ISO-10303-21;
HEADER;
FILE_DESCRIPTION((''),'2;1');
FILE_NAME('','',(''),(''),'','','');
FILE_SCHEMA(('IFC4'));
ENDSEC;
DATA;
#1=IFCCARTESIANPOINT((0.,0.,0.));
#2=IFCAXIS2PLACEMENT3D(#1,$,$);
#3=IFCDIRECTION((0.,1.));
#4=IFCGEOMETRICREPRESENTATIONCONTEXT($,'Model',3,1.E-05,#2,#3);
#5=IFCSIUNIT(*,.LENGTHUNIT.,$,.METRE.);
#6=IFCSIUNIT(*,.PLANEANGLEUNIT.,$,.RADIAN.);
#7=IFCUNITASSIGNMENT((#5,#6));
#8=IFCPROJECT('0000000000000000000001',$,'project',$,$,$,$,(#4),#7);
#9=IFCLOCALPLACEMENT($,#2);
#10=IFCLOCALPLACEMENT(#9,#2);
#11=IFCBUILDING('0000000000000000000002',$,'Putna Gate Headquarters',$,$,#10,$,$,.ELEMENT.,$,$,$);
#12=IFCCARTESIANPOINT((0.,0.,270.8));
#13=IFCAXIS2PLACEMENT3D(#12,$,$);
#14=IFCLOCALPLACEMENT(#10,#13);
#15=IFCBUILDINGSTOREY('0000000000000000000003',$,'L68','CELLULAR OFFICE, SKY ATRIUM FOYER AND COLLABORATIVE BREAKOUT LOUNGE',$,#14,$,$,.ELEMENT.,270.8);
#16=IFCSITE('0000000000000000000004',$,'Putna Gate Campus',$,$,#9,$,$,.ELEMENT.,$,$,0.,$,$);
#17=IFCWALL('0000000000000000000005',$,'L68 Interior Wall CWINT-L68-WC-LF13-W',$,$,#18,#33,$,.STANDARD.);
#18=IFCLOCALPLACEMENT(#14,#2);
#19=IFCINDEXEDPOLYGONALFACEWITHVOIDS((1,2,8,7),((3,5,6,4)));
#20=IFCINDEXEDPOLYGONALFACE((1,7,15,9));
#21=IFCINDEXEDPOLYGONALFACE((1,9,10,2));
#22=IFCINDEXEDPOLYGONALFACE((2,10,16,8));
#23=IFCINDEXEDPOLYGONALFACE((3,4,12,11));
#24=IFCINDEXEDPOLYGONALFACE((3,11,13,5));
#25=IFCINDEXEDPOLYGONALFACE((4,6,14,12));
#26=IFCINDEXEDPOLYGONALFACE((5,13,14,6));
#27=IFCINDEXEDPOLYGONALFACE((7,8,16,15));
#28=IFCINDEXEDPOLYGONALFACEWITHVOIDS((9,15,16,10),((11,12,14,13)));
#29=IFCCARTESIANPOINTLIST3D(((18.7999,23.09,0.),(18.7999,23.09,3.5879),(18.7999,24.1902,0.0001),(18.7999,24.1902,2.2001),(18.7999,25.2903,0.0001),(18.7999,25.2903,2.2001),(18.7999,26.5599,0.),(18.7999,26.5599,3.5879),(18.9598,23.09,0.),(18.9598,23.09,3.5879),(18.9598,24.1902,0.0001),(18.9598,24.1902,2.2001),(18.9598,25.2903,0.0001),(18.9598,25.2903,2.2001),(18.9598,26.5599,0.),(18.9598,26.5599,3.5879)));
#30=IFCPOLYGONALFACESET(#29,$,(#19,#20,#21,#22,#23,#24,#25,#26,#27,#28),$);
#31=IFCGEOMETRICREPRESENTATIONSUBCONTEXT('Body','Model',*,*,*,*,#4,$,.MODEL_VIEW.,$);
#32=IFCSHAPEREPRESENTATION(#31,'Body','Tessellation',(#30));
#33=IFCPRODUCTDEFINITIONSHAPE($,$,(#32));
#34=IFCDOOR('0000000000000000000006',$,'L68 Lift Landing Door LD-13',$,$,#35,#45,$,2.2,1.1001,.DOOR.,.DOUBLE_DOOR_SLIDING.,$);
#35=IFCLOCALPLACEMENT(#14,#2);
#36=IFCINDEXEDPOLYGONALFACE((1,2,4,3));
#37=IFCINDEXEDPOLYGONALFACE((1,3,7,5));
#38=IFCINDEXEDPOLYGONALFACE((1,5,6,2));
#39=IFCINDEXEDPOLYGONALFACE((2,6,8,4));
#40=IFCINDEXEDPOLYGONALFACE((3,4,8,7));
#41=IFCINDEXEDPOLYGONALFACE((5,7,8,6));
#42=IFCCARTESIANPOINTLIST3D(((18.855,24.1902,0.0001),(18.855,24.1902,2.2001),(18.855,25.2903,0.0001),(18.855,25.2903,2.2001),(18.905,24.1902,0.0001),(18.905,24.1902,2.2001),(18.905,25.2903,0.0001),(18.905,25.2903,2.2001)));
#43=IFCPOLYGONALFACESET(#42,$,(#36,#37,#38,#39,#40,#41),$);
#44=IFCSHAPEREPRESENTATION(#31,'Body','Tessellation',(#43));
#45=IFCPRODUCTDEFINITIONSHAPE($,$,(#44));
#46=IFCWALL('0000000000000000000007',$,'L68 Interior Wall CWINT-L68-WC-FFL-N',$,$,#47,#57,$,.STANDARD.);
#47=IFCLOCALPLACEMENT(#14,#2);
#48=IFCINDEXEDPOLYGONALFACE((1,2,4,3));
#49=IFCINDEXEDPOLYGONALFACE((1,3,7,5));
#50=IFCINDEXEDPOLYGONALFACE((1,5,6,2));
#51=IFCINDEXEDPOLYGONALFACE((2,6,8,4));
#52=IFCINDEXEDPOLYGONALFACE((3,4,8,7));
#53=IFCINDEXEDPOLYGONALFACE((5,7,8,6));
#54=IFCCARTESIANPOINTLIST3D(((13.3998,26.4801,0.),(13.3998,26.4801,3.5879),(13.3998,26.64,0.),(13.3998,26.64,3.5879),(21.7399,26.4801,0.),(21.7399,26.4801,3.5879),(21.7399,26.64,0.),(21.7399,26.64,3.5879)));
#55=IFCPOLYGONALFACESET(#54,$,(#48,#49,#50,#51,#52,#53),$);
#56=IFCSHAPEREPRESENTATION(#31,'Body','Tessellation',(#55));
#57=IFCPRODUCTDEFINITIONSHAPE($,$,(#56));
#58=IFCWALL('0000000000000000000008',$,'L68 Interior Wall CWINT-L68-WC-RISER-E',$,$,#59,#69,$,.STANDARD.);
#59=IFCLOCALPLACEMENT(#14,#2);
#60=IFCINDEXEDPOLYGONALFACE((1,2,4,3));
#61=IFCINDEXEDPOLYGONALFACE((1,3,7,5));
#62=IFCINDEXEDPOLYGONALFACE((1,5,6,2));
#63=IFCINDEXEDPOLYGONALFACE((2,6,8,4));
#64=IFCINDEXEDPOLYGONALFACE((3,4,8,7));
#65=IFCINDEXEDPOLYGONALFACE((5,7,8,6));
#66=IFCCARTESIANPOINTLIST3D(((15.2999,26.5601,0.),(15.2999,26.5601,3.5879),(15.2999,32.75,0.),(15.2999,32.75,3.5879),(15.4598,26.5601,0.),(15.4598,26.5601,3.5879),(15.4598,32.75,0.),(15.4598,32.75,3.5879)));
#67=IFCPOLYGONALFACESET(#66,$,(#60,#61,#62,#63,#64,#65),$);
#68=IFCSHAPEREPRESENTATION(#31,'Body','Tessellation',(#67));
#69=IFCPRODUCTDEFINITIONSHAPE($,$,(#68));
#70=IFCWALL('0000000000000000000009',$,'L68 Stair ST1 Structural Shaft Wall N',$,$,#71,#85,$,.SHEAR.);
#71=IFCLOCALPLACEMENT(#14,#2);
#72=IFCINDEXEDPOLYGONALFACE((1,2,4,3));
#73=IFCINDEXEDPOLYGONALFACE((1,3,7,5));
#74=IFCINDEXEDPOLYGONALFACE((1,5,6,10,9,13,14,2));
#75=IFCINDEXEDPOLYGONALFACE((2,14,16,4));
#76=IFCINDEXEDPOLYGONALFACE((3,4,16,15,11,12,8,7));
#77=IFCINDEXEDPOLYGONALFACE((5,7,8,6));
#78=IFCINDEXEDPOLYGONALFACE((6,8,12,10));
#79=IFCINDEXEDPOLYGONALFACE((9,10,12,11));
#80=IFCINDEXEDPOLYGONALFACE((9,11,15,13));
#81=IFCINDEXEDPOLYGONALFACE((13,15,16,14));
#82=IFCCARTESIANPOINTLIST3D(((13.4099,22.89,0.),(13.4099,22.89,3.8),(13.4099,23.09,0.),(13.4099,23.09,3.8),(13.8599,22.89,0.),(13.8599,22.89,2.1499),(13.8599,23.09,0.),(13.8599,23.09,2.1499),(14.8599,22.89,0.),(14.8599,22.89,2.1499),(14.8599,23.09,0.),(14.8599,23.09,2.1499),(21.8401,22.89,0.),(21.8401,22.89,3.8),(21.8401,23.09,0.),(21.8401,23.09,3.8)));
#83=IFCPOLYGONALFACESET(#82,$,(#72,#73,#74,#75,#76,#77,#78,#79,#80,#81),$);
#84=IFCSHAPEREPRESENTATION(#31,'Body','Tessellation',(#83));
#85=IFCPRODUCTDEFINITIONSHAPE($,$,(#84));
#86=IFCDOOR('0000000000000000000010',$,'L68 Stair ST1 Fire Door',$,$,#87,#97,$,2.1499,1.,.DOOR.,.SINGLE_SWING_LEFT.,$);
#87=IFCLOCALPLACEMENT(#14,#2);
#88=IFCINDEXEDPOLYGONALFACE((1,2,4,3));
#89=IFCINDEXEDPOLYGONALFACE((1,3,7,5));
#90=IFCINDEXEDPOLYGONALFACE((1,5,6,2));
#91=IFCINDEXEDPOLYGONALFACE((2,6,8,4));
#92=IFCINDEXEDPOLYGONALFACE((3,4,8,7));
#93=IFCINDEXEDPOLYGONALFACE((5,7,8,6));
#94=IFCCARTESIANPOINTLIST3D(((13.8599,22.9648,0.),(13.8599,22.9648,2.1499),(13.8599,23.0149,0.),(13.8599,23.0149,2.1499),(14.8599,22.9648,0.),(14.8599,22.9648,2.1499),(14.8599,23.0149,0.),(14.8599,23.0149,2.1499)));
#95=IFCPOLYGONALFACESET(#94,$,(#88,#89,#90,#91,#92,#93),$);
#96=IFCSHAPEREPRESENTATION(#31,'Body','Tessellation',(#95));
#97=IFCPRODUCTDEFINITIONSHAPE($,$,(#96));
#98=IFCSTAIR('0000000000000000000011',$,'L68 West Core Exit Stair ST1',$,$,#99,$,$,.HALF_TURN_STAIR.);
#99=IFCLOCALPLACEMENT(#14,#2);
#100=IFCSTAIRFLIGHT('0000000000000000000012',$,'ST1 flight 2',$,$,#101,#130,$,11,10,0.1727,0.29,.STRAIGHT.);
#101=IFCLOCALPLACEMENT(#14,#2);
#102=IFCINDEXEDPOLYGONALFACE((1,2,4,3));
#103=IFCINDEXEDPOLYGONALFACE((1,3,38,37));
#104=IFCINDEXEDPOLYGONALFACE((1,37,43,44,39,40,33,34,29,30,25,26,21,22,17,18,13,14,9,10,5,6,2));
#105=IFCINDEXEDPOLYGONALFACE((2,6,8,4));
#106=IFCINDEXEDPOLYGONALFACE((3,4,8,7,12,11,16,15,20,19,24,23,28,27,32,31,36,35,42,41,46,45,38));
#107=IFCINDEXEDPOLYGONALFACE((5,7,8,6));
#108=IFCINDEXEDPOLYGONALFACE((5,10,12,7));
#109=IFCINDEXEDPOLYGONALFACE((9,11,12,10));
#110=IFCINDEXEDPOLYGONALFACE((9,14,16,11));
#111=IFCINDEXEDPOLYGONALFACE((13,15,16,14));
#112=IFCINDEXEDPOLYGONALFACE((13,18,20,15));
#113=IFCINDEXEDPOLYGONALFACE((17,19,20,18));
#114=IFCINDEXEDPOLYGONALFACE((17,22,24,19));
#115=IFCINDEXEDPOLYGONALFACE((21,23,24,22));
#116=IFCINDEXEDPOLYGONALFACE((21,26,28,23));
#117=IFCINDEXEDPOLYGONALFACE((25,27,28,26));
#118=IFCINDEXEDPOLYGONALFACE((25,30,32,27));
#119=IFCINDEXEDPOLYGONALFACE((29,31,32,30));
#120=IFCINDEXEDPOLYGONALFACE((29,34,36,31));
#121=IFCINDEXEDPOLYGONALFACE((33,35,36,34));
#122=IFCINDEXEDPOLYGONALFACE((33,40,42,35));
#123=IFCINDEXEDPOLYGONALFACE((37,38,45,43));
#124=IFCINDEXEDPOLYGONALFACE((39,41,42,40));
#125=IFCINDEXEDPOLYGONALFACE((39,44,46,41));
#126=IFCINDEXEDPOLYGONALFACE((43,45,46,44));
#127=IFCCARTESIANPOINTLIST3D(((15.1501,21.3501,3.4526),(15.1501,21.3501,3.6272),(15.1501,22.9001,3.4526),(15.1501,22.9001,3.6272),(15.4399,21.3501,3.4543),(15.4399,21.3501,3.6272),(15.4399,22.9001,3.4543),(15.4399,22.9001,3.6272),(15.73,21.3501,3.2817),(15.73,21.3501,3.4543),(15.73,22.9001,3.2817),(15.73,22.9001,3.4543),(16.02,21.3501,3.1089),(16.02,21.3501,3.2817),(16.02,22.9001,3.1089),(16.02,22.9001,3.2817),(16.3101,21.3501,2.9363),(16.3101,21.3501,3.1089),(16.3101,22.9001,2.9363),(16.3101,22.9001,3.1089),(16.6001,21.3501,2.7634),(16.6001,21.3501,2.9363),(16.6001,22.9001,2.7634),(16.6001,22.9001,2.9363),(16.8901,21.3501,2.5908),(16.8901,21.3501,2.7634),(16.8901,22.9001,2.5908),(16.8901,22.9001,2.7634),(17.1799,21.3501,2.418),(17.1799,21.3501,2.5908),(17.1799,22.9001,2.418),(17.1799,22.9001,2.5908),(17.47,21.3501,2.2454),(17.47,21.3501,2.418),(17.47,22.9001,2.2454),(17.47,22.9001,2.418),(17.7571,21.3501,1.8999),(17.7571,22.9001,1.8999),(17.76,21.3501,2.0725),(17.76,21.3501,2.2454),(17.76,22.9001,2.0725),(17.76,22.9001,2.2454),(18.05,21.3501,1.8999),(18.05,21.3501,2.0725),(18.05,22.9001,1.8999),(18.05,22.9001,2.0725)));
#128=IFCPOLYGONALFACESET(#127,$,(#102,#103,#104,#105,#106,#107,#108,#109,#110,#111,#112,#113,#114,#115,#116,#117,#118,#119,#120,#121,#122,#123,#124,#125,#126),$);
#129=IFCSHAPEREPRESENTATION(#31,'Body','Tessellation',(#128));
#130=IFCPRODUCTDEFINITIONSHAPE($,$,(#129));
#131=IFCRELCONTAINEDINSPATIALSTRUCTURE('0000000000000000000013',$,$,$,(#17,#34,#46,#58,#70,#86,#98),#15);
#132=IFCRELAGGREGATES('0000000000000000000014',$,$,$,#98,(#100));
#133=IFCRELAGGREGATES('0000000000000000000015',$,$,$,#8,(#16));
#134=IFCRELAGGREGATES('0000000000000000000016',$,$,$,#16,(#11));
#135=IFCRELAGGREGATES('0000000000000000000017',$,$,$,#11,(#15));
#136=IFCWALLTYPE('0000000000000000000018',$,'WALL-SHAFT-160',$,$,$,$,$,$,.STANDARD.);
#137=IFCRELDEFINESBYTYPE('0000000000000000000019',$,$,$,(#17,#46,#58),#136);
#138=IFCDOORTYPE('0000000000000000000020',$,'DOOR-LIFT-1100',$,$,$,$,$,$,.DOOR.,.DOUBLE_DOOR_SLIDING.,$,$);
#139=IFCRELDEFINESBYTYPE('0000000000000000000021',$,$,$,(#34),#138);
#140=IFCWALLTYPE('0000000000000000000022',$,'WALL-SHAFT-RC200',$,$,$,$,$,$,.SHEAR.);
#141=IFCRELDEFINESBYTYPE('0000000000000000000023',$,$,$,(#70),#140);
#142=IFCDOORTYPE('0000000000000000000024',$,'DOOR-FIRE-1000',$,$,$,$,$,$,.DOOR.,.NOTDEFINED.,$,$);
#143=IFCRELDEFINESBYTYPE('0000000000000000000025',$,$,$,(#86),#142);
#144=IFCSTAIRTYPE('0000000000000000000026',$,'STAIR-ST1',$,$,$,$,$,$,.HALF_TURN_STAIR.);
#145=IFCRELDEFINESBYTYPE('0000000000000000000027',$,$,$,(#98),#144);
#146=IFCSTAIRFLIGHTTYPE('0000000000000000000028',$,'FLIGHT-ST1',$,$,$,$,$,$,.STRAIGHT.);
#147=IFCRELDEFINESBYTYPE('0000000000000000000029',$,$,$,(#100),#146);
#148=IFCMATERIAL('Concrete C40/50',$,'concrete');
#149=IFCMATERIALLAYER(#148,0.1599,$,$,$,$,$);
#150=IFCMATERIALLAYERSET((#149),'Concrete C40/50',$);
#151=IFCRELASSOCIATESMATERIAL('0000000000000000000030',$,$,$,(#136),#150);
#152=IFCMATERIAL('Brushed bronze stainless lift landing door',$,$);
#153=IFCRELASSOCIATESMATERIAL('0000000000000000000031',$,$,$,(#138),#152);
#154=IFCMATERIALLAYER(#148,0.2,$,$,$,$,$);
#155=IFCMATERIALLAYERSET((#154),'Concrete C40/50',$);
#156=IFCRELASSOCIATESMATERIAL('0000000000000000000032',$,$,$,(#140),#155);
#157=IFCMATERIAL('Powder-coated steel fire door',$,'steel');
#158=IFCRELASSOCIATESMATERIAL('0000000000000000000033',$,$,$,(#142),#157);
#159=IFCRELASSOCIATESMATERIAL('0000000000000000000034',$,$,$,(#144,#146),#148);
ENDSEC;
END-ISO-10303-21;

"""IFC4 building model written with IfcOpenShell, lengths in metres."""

from ifc_helpers import new_model, si_unit, direction, frame, frame_2d, origin, place, context, subcontext, project, spatial, polyline, rectangle, outline, extrude, material, layer, layer_set, type_object, element, fill, aggregate, save


model = new_model("IFC4")

# Units and contexts
model_context = context("Model", 3, precision=1e-05, world=origin(), true_north=direction((0.0, 1.0)))
body_context = subcontext(model_context, "Body", "Model", "MODEL_VIEW")
ifc_project = project(units=[si_unit("LENGTHUNIT", "METRE"), si_unit("PLANEANGLEUNIT", "RADIAN")], contexts=[model_context])

# Site, building, storey
site_placement = place(None, origin())
site = spatial("IfcSite", under=ifc_project, at=site_placement, Name="Putna Gate Campus", CompositionType="ELEMENT", RefElevation=0.0)
building_placement = place(site_placement, origin())
building = spatial("IfcBuilding", under=site, at=building_placement, Name="Putna Gate Headquarters", CompositionType="ELEMENT")
storey_placement = place(building_placement, frame((0.0, 0.0, 270.8)))
storey = spatial("IfcBuildingStorey", under=building, at=storey_placement, Name="L68", Description="CELLULAR OFFICE, SKY ATRIUM FOYER AND COLLABORATIVE BREAKOUT LOUNGE", CompositionType="ELEMENT", Elevation=270.8)

# Wall, opening, door
ifc_material_1 = material(Name="Concrete C40/50", Category="concrete")
ifc_layer_1 = layer(ifc_material_1, 0.1599)
ifc_layer_set_1 = layer_set([ifc_layer_1], Name="Concrete C40/50")
wall_type_1 = type_object("IfcWallType", Name="WALL-SHAFT-160", PredefinedType="STANDARD", material=ifc_layer_set_1)
wall_1_placement = place(storey_placement, frame((18.8799, 23.0901, 0.0), z_axis=(0.0, 0.0, 1.0), x_axis=(0.0, 1.0, 0.0)))
wall_1 = element("IfcWall", 1, at=wall_1_placement, inside=storey, type_object=wall_type_1, Name="L68 Interior Wall CWINT-L68-WC-LF13-W", PredefinedType="STANDARD", context=body_context, shape_type="SweptSolid", body=[
    extrude(rectangle(XDim=3.47, YDim=0.1599, at=frame_2d((1.7349, 0.0))), origin(), (0.0, 0.0, 1.0), 3.5879),
])
opening_1_placement = place(wall_1_placement, frame((1.1001, 0.0, 0.0)))
opening_1 = element("IfcOpeningElement", 2, at=opening_1_placement, cuts=wall_1, PredefinedType="OPENING", context=body_context, shape_type="SweptSolid", body=[
    extrude(rectangle(XDim=1.1001, YDim=2.2, at=frame_2d((0.55, 1.1001))), frame((0.0, 0.0898, 0.0), z_axis=(0.0, -1.0, 0.0), x_axis=(1.0, 0.0, 0.0)), (0.0, 0.0, 1.0), 0.1799),
])
ifc_material_2 = material(Name="Brushed bronze stainless lift landing door")
door_type_1 = type_object("IfcDoorType", Name="DOOR-LIFT-1100", OperationType="DOUBLE_DOOR_SLIDING", PredefinedType="DOOR", material=ifc_material_2)
door_1_placement = place(opening_1_placement, origin())
door_1 = element("IfcDoor", 3, at=door_1_placement, inside=storey, type_object=door_type_1, Name="L68 Lift Landing Door LD-13", OperationType="DOUBLE_DOOR_SLIDING", OverallHeight=2.2, OverallWidth=1.1001, PredefinedType="DOOR", context=body_context, shape_type="SweptSolid", body=[
    extrude(rectangle(XDim=1.1001, YDim=2.2, at=frame_2d((0.55, 1.1001))), frame((0.0, 0.0249, 0.0), z_axis=(0.0, -1.0, 0.0), x_axis=(1.0, 0.0, 0.0)), (0.0, 0.0, 1.0), 0.05),
])
fill(opening_1, door_1)

# Walls
wall_2_placement = place(storey_placement, frame((13.3999, 26.5601, 0.0), z_axis=(0.0, 0.0, 1.0), x_axis=(1.0, 0.0, 0.0)))
element("IfcWall", 4, at=wall_2_placement, inside=storey, type_object=wall_type_1, Name="L68 Interior Wall CWINT-L68-WC-FFL-N", PredefinedType="STANDARD", context=body_context, shape_type="SweptSolid", body=[
    extrude(rectangle(XDim=8.3401, YDim=0.1599, at=frame_2d((4.1699, 0.0))), origin(), (0.0, 0.0, 1.0), 3.5879),
])
wall_3_placement = place(storey_placement, frame((15.3799, 26.5601, 0.0), z_axis=(0.0, 0.0, 1.0), x_axis=(0.0, 1.0, 0.0)))
element("IfcWall", 5, at=wall_3_placement, inside=storey, type_object=wall_type_1, Name="L68 Interior Wall CWINT-L68-WC-RISER-E", PredefinedType="STANDARD", context=body_context, shape_type="SweptSolid", body=[
    extrude(rectangle(XDim=6.1899, YDim=0.1599, at=frame_2d((3.095, 0.0))), origin(), (0.0, 0.0, 1.0), 3.5879),
])

# Wall, opening, door
ifc_layer_2 = layer(ifc_material_1, 0.2)
ifc_layer_set_2 = layer_set([ifc_layer_2], Name="Concrete C40/50")
wall_type_2 = type_object("IfcWallType", Name="WALL-SHAFT-RC200", PredefinedType="SHEAR", material=ifc_layer_set_2)
wall_4_placement = place(storey_placement, frame((13.4099, 22.99, 0.0), z_axis=(0.0, 0.0, 1.0), x_axis=(1.0, 0.0, 0.0)))
wall_4 = element("IfcWall", 6, at=wall_4_placement, inside=storey, type_object=wall_type_2, Name="L68 Stair ST1 Structural Shaft Wall N", PredefinedType="SHEAR", context=body_context, shape_type="SweptSolid", body=[
    extrude(rectangle(XDim=8.4302, YDim=0.2, at=frame_2d((4.2151, 0.0))), origin(), (0.0, 0.0, 1.0), 3.8),
])
opening_2_placement = place(wall_4_placement, frame((0.45, 0.0, 0.0)))
opening_2 = element("IfcOpeningElement", 7, at=opening_2_placement, cuts=wall_4, PredefinedType="OPENING", context=body_context, shape_type="SweptSolid", body=[
    extrude(rectangle(XDim=1.0, YDim=2.1499, at=frame_2d((0.5, 1.075))), frame((0.0, 0.1099, 0.0), z_axis=(0.0, -1.0, 0.0), x_axis=(1.0, 0.0, 0.0)), (0.0, 0.0, 1.0), 0.22),
])
ifc_material_3 = material(Name="Powder-coated steel fire door", Category="steel")
door_type_2 = type_object("IfcDoorType", Name="DOOR-FIRE-1000", OperationType="NOTDEFINED", PredefinedType="DOOR", material=ifc_material_3)
door_2_placement = place(opening_2_placement, origin())
door_2 = element("IfcDoor", 8, at=door_2_placement, inside=storey, type_object=door_type_2, Name="L68 Stair ST1 Fire Door", OperationType="SINGLE_SWING_LEFT", OverallHeight=2.1499, OverallWidth=1.0, PredefinedType="DOOR", context=body_context, shape_type="SweptSolid", body=[
    extrude(rectangle(XDim=1.0, YDim=2.1499, at=frame_2d((0.5, 1.075))), frame((0.0, 0.0249, 0.0), z_axis=(0.0, -1.0, 0.0), x_axis=(1.0, 0.0, 0.0)), (0.0, 0.0, 1.0), 0.05),
])
fill(opening_2, door_2)

# Stair, stair flight
stair_type = type_object("IfcStairType", Name="STAIR-ST1", PredefinedType="HALF_TURN_STAIR", material=ifc_material_1)
stair_placement = place(storey_placement, origin())
stair = element("IfcStair", 9, at=stair_placement, inside=storey, type_object=stair_type, Name="L68 West Core Exit Stair ST1", PredefinedType="HALF_TURN_STAIR")
stair_flight_type = type_object("IfcStairFlightType", Name="FLIGHT-ST1", PredefinedType="STRAIGHT", material=ifc_material_1)
stair_flight_placement = place(storey_placement, frame((18.05, 22.125, 1.8999), z_axis=(0.0, 0.0, 1.0), x_axis=(-1.0, 0.0, 0.0)))
stair_flight = element("IfcStairFlight", 10, at=stair_flight_placement, type_object=stair_flight_type, Name="ST1 flight 2", NumberOfRisers=11, NumberOfTreads=10, PredefinedType="STRAIGHT", RiserHeight=0.1727, TreadLength=0.29, context=body_context, shape_type="SweptSolid", body=[
    extrude(outline(polyline([(0.0, 0.0), (0.0, 0.1726), (0.29, 0.1726), (0.29, 0.3455), (0.5801, 0.3455), (0.5801, 0.5181), (0.8701, 0.5181), (0.8701, 0.6909), (1.1599, 0.6909), (1.1599, 0.8635), (1.45, 0.8635), (1.45, 1.0364), (1.74, 1.0364), (1.74, 1.209), (2.03, 1.209), (2.03, 1.3818), (2.3201, 1.3818), (2.3201, 1.5544), (2.6101, 1.5544), (2.6101, 1.7273), (2.8999, 1.7273), (2.8999, 1.8999), (2.8999, 1.5527), (0.293, 0.0), (0.0, 0.0)])), frame((0.0, 0.7749, 0.0), z_axis=(0.0, -1.0, 0.0), x_axis=(1.0, 0.0, 0.0)), (0.0, 0.0, 1.0), 1.55),
])
aggregate(stair, [stair_flight])

save(model, "model.ifc")
